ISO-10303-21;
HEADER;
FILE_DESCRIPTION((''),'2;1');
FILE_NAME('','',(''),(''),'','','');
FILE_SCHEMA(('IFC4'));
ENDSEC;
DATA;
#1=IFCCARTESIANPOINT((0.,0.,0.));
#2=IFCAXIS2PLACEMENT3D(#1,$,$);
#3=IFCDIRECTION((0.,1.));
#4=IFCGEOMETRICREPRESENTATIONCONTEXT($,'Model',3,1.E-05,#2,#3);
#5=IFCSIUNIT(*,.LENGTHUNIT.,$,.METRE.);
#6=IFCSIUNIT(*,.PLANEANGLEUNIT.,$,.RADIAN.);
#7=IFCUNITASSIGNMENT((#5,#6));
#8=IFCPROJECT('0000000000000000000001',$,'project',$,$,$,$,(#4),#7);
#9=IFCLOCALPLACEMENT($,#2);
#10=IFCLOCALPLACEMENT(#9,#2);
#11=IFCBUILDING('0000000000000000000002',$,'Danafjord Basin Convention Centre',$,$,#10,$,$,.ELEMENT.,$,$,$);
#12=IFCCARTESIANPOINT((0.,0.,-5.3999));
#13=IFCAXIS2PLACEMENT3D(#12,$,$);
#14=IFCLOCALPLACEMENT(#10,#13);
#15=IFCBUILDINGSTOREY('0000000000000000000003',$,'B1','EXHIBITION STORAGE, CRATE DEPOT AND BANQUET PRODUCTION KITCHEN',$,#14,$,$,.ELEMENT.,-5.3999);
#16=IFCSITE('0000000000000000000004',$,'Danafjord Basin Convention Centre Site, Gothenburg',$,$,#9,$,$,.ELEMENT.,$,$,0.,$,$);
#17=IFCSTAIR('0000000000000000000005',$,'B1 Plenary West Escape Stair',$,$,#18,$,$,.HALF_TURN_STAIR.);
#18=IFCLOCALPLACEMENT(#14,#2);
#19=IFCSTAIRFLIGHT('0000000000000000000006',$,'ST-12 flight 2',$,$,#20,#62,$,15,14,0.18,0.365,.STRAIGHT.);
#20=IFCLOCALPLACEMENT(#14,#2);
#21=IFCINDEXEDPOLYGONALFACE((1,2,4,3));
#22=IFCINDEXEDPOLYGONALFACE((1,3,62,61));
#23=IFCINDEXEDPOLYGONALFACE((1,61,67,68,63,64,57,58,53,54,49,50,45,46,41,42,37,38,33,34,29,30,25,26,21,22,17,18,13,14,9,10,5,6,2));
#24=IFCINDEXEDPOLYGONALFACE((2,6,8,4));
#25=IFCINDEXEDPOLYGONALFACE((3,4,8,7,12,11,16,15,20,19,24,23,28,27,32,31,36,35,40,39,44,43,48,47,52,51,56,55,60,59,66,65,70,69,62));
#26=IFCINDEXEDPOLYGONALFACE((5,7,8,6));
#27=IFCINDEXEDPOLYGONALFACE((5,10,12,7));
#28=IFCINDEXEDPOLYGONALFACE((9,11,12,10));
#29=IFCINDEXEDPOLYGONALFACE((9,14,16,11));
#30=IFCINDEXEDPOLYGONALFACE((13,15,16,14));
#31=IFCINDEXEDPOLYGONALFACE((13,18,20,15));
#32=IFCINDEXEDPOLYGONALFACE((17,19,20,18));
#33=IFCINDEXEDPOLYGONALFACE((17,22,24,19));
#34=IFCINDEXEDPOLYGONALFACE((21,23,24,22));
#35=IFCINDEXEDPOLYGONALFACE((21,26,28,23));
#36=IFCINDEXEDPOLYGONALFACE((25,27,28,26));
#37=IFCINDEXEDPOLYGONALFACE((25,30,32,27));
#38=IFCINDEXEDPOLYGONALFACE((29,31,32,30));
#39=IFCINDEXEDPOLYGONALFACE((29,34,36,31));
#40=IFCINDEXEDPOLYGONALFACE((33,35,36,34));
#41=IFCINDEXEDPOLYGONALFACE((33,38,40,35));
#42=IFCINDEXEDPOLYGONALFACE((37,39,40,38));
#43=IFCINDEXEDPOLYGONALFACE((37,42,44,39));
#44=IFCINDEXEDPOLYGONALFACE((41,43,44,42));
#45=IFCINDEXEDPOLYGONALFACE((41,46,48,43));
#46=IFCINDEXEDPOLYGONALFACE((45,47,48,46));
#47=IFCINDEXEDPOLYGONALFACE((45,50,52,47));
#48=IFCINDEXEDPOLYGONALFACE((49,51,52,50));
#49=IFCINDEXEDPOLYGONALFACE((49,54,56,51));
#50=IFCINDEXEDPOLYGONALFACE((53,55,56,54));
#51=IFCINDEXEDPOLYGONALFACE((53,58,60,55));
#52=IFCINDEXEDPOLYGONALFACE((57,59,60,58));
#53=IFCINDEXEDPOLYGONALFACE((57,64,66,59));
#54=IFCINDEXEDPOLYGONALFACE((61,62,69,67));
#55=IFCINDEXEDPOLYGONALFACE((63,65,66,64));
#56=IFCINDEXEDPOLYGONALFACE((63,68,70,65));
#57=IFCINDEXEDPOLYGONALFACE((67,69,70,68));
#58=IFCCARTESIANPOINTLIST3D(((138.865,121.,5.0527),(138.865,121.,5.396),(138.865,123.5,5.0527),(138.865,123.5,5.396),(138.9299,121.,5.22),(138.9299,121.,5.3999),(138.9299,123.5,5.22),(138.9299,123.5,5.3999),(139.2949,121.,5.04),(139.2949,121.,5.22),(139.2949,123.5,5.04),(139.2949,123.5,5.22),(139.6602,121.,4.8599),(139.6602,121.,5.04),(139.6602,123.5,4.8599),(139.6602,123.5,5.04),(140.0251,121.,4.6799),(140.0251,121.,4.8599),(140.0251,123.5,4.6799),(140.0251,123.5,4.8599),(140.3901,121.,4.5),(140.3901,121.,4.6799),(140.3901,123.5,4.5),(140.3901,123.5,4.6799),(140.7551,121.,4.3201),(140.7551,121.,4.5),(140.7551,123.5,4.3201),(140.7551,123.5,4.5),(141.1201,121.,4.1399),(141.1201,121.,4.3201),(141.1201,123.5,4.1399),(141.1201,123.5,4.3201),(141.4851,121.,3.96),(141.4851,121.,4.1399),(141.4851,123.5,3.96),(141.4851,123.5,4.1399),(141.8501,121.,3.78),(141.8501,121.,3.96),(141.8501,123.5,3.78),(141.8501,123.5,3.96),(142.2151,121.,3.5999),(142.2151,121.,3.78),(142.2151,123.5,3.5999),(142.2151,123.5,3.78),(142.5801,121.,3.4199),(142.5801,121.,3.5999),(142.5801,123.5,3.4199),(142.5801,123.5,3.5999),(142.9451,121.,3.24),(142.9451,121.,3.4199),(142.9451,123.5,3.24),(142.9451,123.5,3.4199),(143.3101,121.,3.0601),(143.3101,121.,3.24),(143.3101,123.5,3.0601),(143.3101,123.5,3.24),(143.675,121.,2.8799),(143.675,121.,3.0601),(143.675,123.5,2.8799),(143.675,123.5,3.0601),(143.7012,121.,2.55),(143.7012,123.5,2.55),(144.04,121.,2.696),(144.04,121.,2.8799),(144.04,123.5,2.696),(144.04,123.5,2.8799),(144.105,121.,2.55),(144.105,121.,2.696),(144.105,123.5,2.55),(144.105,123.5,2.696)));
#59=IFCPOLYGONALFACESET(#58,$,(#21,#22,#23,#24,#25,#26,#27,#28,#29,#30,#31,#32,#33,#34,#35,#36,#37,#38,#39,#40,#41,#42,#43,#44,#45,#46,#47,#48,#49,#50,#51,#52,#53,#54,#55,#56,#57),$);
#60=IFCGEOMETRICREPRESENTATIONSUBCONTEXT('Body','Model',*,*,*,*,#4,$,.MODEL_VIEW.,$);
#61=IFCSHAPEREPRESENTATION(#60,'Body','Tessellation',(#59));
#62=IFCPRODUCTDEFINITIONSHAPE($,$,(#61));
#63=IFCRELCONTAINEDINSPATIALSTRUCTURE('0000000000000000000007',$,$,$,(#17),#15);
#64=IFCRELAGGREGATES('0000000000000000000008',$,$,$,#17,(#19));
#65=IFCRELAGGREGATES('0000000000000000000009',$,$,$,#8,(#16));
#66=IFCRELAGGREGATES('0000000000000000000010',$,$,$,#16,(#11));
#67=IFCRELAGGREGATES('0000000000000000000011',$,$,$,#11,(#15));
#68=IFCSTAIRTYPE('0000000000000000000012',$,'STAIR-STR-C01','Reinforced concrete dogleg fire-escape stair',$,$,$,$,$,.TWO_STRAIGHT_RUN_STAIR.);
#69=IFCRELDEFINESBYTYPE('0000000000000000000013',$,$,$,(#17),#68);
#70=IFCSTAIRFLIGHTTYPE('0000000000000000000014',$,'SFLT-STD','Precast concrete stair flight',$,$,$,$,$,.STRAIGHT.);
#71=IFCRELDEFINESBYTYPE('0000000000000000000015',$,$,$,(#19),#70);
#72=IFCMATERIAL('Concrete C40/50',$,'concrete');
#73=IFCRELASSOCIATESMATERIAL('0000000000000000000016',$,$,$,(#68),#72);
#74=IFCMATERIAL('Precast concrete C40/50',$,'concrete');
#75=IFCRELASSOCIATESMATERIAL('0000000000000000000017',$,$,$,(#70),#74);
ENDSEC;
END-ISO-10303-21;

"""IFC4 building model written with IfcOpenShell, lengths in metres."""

from ifc_helpers import new_model, si_unit, direction, frame, origin, place, context, subcontext, project, spatial, polyline, outline, extrude, material, type_object, element, aggregate, save


model = new_model("IFC4")

# Units and contexts
model_context = context("Model", 3, precision=1e-05, world=origin(), true_north=direction((0.0, 1.0)))
body_context = subcontext(model_context, "Body", "Model", "MODEL_VIEW")
ifc_project = project(units=[si_unit("LENGTHUNIT", "METRE"), si_unit("PLANEANGLEUNIT", "RADIAN")], contexts=[model_context])

# Site, building, storey
site_placement = place(None, origin())
site = spatial("IfcSite", under=ifc_project, at=site_placement, Name="Danafjord Basin Convention Centre Site, Gothenburg", CompositionType="ELEMENT", RefElevation=0.0)
building_placement = place(site_placement, origin())
building = spatial("IfcBuilding", under=site, at=building_placement, Name="Danafjord Basin Convention Centre", CompositionType="ELEMENT")
storey_placement = place(building_placement, frame((0.0, 0.0, -5.3999)))
storey = spatial("IfcBuildingStorey", under=building, at=storey_placement, Name="B1", Description="EXHIBITION STORAGE, CRATE DEPOT AND BANQUET PRODUCTION KITCHEN", CompositionType="ELEMENT", Elevation=-5.3999)

# Shared definitions
ifc_material_1 = material(Name="Concrete C40/50", Category="concrete")

# Stair, stair flight
stair_type = type_object("IfcStairType", Name="STAIR-STR-C01", Description="Reinforced concrete dogleg fire-escape stair", PredefinedType="TWO_STRAIGHT_RUN_STAIR", material=ifc_material_1)
stair_placement = place(storey_placement, origin())
stair = element("IfcStair", 1, at=stair_placement, inside=storey, type_object=stair_type, Name="B1 Plenary West Escape Stair", PredefinedType="HALF_TURN_STAIR")
ifc_material_2 = material(Name="Precast concrete C40/50", Category="concrete")
stair_flight_type = type_object("IfcStairFlightType", Name="SFLT-STD", Description="Precast concrete stair flight", PredefinedType="STRAIGHT", material=ifc_material_2)
stair_flight_1_placement = place(storey_placement, frame((144.04, 122.25, 2.7), z_axis=(0.0, 0.0, 1.0), x_axis=(-1.0, 0.0, 0.0)))
stair_flight_1 = element("IfcStairFlight", 2, at=stair_flight_1_placement, type_object=stair_flight_type, Name="ST-12 flight 2", NumberOfRisers=15, NumberOfTreads=14, PredefinedType="STRAIGHT", RiserHeight=0.18, TreadLength=0.365, context=body_context, shape_type="SweptSolid", body=[
    extrude(outline(polyline([(-0.0649, -0.1499), (-0.0649, -0.0039), (0.0, -0.0039), (0.0, 0.1799), (0.365, 0.1799), (0.365, 0.3601), (0.73, 0.3601), (0.73, 0.54), (1.095, 0.54), (1.095, 0.72), (1.46, 0.72), (1.46, 0.8999), (1.825, 0.8999), (1.825, 1.0801), (2.1899, 1.0801), (2.1899, 1.26), (2.5549, 1.26), (2.5549, 1.4399), (2.9199, 1.4399), (2.9199, 1.6201), (3.2849, 1.6201), (3.2849, 1.8), (3.6499, 1.8), (3.6499, 1.98), (4.0149, 1.98), (4.0149, 2.1599), (4.3799, 2.1599), (4.3799, 2.3401), (4.7451, 2.3401), (4.7451, 2.52), (5.1101, 2.52), (5.1101, 2.7), (5.175, 2.696), (5.175, 2.3528), (0.3389, -0.1499), (-0.0649, -0.1499)])), frame((0.0, 1.25, 0.0), z_axis=(0.0, -1.0, 0.0), x_axis=(1.0, 0.0, 0.0)), (0.0, 0.0, 1.0), 2.5),
])
aggregate(stair, [stair_flight_1])

save(model, "model.ifc")
